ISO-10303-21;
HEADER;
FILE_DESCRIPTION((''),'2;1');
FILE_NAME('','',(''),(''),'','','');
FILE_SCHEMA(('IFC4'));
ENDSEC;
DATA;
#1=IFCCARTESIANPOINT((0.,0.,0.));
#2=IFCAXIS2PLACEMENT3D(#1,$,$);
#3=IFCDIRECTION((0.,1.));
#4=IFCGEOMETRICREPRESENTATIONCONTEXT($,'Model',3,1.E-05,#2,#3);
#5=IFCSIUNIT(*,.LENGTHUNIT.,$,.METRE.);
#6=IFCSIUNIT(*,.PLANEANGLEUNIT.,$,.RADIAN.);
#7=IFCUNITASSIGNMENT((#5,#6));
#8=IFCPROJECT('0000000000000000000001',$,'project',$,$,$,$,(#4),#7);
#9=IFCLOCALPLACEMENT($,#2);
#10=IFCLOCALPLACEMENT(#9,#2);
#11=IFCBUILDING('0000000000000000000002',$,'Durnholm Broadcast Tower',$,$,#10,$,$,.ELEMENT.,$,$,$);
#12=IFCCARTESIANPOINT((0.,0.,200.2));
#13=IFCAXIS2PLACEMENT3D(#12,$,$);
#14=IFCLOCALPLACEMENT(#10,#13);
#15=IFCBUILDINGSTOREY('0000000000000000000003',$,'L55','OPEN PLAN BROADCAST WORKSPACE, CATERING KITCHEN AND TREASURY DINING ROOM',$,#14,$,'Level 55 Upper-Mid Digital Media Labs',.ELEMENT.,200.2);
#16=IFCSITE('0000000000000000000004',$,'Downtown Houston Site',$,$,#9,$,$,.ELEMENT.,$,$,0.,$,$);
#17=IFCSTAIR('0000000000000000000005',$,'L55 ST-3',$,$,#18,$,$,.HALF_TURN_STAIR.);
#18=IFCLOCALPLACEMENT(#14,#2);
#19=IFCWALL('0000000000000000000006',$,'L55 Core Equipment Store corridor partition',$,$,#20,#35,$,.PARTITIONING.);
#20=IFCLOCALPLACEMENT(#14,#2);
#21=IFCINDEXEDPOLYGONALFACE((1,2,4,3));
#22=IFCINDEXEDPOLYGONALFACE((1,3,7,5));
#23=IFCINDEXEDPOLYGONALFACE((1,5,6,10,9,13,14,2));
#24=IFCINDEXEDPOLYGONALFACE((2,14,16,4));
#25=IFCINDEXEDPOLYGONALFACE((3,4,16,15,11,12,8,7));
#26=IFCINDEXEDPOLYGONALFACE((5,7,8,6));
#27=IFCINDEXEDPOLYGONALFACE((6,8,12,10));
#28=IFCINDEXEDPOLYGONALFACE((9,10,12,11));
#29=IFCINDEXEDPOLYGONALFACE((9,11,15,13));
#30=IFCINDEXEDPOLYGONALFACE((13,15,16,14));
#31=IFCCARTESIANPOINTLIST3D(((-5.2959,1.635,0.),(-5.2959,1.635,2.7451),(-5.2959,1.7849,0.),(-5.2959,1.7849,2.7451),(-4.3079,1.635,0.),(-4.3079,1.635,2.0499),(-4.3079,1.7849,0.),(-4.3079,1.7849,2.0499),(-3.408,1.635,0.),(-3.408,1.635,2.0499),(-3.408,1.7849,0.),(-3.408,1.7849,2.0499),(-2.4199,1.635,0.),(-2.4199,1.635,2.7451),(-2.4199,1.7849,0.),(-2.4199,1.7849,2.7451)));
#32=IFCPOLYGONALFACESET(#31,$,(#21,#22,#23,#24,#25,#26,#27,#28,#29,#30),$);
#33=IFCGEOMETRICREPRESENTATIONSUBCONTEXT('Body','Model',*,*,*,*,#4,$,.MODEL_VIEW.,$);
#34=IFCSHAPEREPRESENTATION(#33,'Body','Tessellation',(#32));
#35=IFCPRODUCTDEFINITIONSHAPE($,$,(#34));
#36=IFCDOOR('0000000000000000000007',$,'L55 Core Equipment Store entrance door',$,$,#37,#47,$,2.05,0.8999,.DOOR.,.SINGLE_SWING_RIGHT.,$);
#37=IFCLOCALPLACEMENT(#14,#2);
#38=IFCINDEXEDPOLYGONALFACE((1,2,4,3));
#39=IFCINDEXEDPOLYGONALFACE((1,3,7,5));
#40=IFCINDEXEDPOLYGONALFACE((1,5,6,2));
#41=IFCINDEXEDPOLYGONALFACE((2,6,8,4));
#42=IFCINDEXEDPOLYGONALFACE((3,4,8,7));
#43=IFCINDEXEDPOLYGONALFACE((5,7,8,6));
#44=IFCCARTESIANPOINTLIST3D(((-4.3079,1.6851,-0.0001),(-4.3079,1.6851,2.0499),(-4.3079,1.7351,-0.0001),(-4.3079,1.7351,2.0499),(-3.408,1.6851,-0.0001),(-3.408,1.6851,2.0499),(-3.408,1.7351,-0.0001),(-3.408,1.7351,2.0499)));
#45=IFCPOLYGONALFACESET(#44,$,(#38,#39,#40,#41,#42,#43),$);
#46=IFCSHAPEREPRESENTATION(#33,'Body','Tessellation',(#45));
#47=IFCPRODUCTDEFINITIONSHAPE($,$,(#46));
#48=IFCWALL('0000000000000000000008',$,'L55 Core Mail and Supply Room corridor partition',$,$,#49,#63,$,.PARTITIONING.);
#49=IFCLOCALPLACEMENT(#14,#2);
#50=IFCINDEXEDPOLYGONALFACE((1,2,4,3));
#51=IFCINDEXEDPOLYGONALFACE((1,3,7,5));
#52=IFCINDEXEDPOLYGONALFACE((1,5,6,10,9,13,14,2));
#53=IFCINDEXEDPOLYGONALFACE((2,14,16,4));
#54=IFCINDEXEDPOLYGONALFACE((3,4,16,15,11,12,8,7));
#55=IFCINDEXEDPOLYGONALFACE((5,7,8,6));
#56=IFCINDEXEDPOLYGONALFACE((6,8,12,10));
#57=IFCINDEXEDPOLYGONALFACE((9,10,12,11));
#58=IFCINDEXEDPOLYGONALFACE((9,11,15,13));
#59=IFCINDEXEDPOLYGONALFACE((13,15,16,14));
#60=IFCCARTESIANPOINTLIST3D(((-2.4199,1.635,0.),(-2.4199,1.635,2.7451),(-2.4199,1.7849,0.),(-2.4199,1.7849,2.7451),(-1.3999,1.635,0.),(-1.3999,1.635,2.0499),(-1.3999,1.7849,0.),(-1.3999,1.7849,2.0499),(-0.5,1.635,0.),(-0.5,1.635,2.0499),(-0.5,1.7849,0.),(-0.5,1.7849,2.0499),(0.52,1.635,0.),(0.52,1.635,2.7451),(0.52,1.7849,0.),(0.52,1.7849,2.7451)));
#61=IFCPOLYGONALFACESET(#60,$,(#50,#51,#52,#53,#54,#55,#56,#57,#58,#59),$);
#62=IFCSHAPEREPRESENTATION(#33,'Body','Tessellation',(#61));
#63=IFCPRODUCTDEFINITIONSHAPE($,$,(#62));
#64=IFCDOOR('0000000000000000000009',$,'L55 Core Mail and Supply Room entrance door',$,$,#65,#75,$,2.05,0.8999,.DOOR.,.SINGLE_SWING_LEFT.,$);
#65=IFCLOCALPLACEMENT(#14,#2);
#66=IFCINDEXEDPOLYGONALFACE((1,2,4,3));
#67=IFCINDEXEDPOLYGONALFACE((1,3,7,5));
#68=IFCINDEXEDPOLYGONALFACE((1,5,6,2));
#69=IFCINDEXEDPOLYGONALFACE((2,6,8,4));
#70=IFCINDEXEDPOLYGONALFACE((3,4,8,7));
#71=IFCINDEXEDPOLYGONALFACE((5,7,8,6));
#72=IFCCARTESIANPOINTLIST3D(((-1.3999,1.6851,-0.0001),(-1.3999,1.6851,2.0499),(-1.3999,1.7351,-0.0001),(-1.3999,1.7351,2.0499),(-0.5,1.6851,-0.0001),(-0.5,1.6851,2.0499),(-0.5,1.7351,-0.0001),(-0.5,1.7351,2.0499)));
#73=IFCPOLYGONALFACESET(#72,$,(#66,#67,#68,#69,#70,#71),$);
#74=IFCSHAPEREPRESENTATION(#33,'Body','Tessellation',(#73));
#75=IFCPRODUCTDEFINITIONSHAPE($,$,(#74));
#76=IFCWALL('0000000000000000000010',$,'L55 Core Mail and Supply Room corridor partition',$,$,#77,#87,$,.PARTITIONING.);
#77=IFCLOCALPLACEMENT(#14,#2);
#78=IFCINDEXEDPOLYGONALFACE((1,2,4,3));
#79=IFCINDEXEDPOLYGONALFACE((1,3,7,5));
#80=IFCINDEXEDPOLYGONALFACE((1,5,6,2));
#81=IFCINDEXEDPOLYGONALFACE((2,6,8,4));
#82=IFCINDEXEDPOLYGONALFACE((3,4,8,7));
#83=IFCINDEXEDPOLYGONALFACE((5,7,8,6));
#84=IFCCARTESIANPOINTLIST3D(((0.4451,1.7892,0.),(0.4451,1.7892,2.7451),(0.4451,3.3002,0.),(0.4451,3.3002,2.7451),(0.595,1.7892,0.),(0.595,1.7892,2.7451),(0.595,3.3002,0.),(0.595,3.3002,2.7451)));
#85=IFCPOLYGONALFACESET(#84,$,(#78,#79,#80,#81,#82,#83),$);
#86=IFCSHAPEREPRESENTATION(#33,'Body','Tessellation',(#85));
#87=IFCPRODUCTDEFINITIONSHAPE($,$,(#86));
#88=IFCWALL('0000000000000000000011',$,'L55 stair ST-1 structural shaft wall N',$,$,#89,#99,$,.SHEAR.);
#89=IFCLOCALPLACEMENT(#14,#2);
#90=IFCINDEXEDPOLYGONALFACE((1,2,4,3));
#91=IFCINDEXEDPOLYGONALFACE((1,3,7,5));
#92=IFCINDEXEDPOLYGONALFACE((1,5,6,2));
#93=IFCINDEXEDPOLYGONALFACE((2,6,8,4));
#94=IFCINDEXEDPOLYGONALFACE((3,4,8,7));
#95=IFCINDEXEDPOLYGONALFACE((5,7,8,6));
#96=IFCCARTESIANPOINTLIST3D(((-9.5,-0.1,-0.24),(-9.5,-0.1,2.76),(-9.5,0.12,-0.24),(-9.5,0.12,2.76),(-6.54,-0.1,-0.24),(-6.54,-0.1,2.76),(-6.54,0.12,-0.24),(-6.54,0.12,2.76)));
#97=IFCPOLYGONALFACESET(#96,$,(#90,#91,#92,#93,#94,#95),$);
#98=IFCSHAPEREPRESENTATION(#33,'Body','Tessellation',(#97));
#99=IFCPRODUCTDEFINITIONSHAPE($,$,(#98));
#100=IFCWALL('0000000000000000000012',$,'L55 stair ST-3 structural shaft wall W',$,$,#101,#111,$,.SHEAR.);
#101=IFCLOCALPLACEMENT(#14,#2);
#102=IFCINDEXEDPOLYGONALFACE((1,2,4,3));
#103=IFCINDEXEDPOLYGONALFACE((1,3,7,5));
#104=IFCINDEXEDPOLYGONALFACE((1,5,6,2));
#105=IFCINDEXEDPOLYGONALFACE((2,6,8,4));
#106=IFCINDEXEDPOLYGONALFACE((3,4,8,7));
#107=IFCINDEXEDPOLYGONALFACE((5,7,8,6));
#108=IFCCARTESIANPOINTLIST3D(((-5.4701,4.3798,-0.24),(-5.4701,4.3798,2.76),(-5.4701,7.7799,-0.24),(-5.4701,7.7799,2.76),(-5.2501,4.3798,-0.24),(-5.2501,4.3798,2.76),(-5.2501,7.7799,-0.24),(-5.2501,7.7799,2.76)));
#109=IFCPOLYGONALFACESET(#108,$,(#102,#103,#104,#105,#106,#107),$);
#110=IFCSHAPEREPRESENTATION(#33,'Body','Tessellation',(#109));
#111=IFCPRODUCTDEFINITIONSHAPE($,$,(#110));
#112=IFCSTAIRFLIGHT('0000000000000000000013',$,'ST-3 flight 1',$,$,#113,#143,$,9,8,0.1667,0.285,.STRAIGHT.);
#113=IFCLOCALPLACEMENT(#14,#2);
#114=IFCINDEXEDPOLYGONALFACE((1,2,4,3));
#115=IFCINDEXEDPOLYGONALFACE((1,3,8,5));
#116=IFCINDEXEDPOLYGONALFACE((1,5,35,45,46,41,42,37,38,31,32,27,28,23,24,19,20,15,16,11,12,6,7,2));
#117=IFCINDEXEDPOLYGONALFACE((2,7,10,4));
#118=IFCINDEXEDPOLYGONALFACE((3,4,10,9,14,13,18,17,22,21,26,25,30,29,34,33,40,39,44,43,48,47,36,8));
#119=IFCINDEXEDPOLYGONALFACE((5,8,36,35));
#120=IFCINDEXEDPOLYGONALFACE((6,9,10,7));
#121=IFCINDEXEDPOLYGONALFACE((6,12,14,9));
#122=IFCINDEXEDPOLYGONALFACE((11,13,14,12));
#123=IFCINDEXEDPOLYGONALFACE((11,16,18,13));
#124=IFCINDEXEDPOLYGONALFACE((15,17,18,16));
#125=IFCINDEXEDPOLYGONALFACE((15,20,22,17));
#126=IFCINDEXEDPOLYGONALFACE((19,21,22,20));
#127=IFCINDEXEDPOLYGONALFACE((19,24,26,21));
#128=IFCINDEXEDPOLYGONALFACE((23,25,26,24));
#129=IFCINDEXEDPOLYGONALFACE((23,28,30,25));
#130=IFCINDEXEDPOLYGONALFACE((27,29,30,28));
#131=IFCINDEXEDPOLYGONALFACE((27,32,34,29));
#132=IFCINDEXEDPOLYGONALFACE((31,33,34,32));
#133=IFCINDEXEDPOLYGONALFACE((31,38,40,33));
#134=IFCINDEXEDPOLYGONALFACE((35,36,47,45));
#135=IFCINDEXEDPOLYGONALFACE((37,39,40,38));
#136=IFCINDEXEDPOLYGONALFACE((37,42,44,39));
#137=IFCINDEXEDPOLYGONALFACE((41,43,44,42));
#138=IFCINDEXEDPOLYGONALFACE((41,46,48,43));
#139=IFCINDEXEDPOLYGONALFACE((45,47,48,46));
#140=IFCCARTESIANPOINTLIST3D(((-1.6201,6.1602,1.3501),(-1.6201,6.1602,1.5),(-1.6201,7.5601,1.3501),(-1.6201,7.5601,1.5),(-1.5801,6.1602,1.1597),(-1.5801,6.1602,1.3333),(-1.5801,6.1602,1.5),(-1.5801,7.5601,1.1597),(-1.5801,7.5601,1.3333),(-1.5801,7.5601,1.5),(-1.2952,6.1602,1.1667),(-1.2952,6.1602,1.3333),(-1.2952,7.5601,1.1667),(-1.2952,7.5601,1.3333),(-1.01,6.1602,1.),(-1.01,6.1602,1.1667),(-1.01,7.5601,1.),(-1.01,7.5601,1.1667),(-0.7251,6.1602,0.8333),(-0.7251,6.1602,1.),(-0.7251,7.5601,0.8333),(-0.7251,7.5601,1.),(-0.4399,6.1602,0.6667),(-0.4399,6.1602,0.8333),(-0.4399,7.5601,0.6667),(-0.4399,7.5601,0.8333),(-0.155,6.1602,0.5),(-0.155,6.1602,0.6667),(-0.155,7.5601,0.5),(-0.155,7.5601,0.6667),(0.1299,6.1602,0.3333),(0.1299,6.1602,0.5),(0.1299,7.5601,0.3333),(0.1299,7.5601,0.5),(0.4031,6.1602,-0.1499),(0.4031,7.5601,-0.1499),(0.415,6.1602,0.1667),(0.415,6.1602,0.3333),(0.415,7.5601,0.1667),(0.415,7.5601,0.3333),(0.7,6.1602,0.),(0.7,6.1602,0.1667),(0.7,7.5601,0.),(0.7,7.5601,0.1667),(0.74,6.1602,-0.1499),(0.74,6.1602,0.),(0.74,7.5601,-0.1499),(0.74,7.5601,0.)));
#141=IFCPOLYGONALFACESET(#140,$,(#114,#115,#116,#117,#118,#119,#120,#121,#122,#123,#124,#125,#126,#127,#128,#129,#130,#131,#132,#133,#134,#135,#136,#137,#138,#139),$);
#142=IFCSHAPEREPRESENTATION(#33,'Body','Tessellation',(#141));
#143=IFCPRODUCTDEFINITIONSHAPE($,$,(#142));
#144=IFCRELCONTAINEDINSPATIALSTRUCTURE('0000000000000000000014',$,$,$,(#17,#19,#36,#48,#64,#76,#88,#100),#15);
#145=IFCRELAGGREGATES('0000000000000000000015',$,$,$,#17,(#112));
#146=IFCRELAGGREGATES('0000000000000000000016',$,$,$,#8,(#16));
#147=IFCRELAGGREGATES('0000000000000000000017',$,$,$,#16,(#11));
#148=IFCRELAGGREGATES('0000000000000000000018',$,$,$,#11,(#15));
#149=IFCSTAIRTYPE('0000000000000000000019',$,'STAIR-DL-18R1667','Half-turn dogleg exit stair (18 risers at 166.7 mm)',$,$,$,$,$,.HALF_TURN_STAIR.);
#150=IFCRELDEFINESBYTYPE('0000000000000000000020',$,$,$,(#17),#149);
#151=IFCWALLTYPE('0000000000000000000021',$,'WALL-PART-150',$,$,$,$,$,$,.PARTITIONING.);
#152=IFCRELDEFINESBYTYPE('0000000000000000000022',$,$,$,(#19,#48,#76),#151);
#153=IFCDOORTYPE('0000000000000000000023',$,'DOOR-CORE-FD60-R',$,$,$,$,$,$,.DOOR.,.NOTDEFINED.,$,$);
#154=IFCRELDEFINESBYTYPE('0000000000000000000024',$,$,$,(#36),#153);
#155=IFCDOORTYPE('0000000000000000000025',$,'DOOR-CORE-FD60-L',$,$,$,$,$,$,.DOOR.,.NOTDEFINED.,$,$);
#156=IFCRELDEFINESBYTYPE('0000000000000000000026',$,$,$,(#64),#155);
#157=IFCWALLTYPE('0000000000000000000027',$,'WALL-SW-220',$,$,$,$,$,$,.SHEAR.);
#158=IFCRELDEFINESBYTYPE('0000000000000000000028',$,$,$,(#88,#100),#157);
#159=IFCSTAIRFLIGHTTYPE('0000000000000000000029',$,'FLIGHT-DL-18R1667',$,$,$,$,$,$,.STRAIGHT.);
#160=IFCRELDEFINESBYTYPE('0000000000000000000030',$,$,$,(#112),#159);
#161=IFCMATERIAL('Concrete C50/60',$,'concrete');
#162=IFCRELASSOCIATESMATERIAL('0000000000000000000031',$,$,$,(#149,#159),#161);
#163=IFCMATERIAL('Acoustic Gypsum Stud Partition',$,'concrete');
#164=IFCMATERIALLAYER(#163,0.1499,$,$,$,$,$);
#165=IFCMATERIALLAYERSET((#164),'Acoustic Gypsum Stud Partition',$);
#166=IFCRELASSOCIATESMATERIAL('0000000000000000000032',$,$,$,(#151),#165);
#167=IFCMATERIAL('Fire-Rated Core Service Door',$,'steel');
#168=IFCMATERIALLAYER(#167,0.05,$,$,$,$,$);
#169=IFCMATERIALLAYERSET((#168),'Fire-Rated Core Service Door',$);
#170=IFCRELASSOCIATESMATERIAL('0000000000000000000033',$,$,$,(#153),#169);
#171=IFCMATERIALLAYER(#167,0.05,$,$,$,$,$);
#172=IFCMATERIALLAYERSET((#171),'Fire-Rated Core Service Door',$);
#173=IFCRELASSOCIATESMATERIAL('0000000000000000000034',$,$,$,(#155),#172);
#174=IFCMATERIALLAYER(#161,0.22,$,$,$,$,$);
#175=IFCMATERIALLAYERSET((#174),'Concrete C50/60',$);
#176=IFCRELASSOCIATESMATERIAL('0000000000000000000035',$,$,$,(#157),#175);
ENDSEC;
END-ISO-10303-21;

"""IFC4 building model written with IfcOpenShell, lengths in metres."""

from ifc_helpers import new_model, si_unit, direction, frame, frame_2d, origin, place, context, subcontext, project, spatial, polyline, rectangle, outline, extrude, source, transform, mapped, material, layer, layer_set, type_object, type_shapes, element, fill, aggregate, save


model = new_model("IFC4")

# Units and contexts
model_context = context("Model", 3, precision=1e-05, world=origin(), true_north=direction((0.0, 1.0)))
body_context = subcontext(model_context, "Body", "Model", "MODEL_VIEW")
ifc_project = project(units=[si_unit("LENGTHUNIT", "METRE"), si_unit("PLANEANGLEUNIT", "RADIAN")], contexts=[model_context])

# Site, building, storey
site_placement = place(None, origin())
site = spatial("IfcSite", under=ifc_project, at=site_placement, Name="Downtown Houston Site", CompositionType="ELEMENT", RefElevation=0.0)
building_placement = place(site_placement, origin())
building = spatial("IfcBuilding", under=site, at=building_placement, Name="Durnholm Broadcast Tower", CompositionType="ELEMENT")
storey_placement = place(building_placement, frame((0.0, 0.0, 200.2)))
storey = spatial("IfcBuildingStorey", under=building, at=storey_placement, Name="L55", Description="OPEN PLAN BROADCAST WORKSPACE, CATERING KITCHEN AND TREASURY DINING ROOM", LongName="Level 55 Upper-Mid Digital Media Labs", CompositionType="ELEMENT", Elevation=200.2)

# Stair
ifc_material_1 = material(Name="Concrete C50/60", Category="concrete")
stair_type = type_object("IfcStairType", Name="STAIR-DL-18R1667", Description="Half-turn dogleg exit stair (18 risers at 166.7 mm)", PredefinedType="HALF_TURN_STAIR", material=ifc_material_1)
stair_1_placement = place(storey_placement, origin())
stair_1 = element("IfcStair", 1, at=stair_1_placement, inside=storey, type_object=stair_type, Name="L55 ST-3", PredefinedType="HALF_TURN_STAIR")

# Walls, openings, doors
ifc_material_2 = material(Name="Acoustic Gypsum Stud Partition", Category="concrete")
ifc_layer_1 = layer(ifc_material_2, 0.1499)
ifc_layer_set_1 = layer_set([ifc_layer_1], Name="Acoustic Gypsum Stud Partition")
wall_type_1 = type_object("IfcWallType", Name="WALL-PART-150", PredefinedType="PARTITIONING", material=ifc_layer_set_1)
wall_1_placement = place(storey_placement, frame((-2.4199, 1.71, 0.0), z_axis=(0.0, 0.0, 1.0), x_axis=(-1.0, 0.0, 0.0)))
wall_1 = element("IfcWall", 2, at=wall_1_placement, inside=storey, type_object=wall_type_1, Name="L55 Core Equipment Store corridor partition", PredefinedType="PARTITIONING", context=body_context, shape_type="SweptSolid", body=[
    extrude(rectangle(XDim=2.876, YDim=0.1499, at=frame_2d((1.438, 0.0))), origin(), (0.0, 0.0, 1.0), 2.7451),
])
opening_1_placement = place(wall_1_placement, frame((0.988, 0.0, 0.0)))
opening_1 = element("IfcOpeningElement", 3, at=opening_1_placement, cuts=wall_1, PredefinedType="OPENING", context=body_context, shape_type="SweptSolid", body=[
    extrude(rectangle(XDim=0.8999, YDim=2.05, at=frame_2d((0.45, 1.0249))), frame((0.0, 0.085, 0.0), z_axis=(0.0, -1.0, 0.0), x_axis=(1.0, 0.0, 0.0)), (0.0, 0.0, 1.0), 0.1699),
])
ifc_material_3 = material(Name="Fire-Rated Core Service Door", Category="steel")
ifc_layer_2 = layer(ifc_material_3, 0.05)
ifc_layer_set_2 = layer_set([ifc_layer_2], Name="Fire-Rated Core Service Door")
door_type_1 = type_object("IfcDoorType", Name="DOOR-CORE-FD60-R", OperationType="NOTDEFINED", PredefinedType="DOOR", material=ifc_layer_set_2)
shared_shape_1 = source(origin(), body_context, "Body", "SweptSolid", [
    extrude(rectangle(XDim=0.8999, YDim=2.05, at=frame_2d((0.45, 1.0249))), frame((0.0, 0.0249, 0.0), z_axis=(0.0, -1.0, 0.0), x_axis=(1.0, 0.0, 0.0)), (0.0, 0.0, 1.0), 0.05),
])
type_shapes(door_type_1, [shared_shape_1])
door_1_placement = place(opening_1_placement, origin())
door_1 = element("IfcDoor", 4, at=door_1_placement, inside=storey, type_object=door_type_1, Name="L55 Core Equipment Store entrance door", OperationType="SINGLE_SWING_RIGHT", OverallHeight=2.05, OverallWidth=0.8999, PredefinedType="DOOR", context=body_context, shape_type="MappedRepresentation", body=[
    mapped(shared_shape_1, transform((0.0, 0.0, 0.0), x_axis=(1.0, 0.0, 0.0), y_axis=(0.0, 1.0, 0.0), z_axis=(0.0, 0.0, 1.0), scale=1.0)),
])
fill(opening_1, door_1)
wall_2_placement = place(storey_placement, frame((0.52, 1.71, 0.0), z_axis=(0.0, 0.0, 1.0), x_axis=(-1.0, 0.0, 0.0)))
wall_2 = element("IfcWall", 5, at=wall_2_placement, inside=storey, type_object=wall_type_1, Name="L55 Core Mail and Supply Room corridor partition", PredefinedType="PARTITIONING", context=body_context, shape_type="SweptSolid", body=[
    extrude(rectangle(XDim=2.9399, YDim=0.1499, at=frame_2d((1.47, 0.0))), origin(), (0.0, 0.0, 1.0), 2.7451),
])
opening_2_placement = place(wall_2_placement, frame((1.02, 0.0, 0.0)))
opening_2 = element("IfcOpeningElement", 6, at=opening_2_placement, cuts=wall_2, PredefinedType="OPENING", context=body_context, shape_type="SweptSolid", body=[
    extrude(rectangle(XDim=0.8999, YDim=2.05, at=frame_2d((0.45, 1.0249))), frame((0.0, 0.085, 0.0), z_axis=(0.0, -1.0, 0.0), x_axis=(1.0, 0.0, 0.0)), (0.0, 0.0, 1.0), 0.1699),
])
ifc_layer_3 = layer(ifc_material_3, 0.05)
ifc_layer_set_3 = layer_set([ifc_layer_3], Name="Fire-Rated Core Service Door")
door_type_2 = type_object("IfcDoorType", Name="DOOR-CORE-FD60-L", OperationType="NOTDEFINED", PredefinedType="DOOR", material=ifc_layer_set_3)
shared_shape_2 = source(origin(), body_context, "Body", "SweptSolid", [
    extrude(rectangle(XDim=0.8999, YDim=2.05, at=frame_2d((0.45, 1.0249))), frame((0.0, 0.0249, 0.0), z_axis=(0.0, -1.0, 0.0), x_axis=(1.0, 0.0, 0.0)), (0.0, 0.0, 1.0), 0.05),
])
type_shapes(door_type_2, [shared_shape_2])
door_2_placement = place(opening_2_placement, origin())
door_2 = element("IfcDoor", 7, at=door_2_placement, inside=storey, type_object=door_type_2, Name="L55 Core Mail and Supply Room entrance door", OperationType="SINGLE_SWING_LEFT", OverallHeight=2.05, OverallWidth=0.8999, PredefinedType="DOOR", context=body_context, shape_type="MappedRepresentation", body=[
    mapped(shared_shape_2, transform((0.0, 0.0, 0.0), x_axis=(1.0, 0.0, 0.0), y_axis=(0.0, 1.0, 0.0), z_axis=(0.0, 0.0, 1.0), scale=1.0)),
])
fill(opening_2, door_2)

# Walls
wall_3_placement = place(storey_placement, frame((0.52, 3.3, 0.0), z_axis=(0.0, 0.0, 1.0), x_axis=(0.0, -1.0, 0.0)))
element("IfcWall", 8, at=wall_3_placement, inside=storey, type_object=wall_type_1, Name="L55 Core Mail and Supply Room corridor partition", PredefinedType="PARTITIONING", context=body_context, shape_type="SweptSolid", body=[
    extrude(rectangle(XDim=1.511, YDim=0.1499, at=frame_2d((0.7554, 0.0))), origin(), (0.0, 0.0, 1.0), 2.7451),
])
ifc_layer_4 = layer(ifc_material_1, 0.22)
ifc_layer_set_4 = layer_set([ifc_layer_4], Name="Concrete C50/60")
wall_type_2 = type_object("IfcWallType", Name="WALL-SW-220", PredefinedType="SHEAR", material=ifc_layer_set_4)
wall_4_placement = place(storey_placement, frame((-6.54, 0.01, -0.24), z_axis=(0.0, 0.0, 1.0), x_axis=(-1.0, 0.0, 0.0)))
element("IfcWall", 9, at=wall_4_placement, inside=storey, type_object=wall_type_2, Name="L55 stair ST-1 structural shaft wall N", PredefinedType="SHEAR", context=body_context, shape_type="SweptSolid", body=[
    extrude(rectangle(XDim=2.96, YDim=0.22, at=frame_2d((1.48, 0.0))), origin(), (0.0, 0.0, 1.0), 3.0),
])
wall_5_placement = place(storey_placement, frame((-5.3601, 7.78, -0.24), z_axis=(0.0, 0.0, 1.0), x_axis=(0.0, -1.0, 0.0)))
element("IfcWall", 10, at=wall_5_placement, inside=storey, type_object=wall_type_2, Name="L55 stair ST-3 structural shaft wall W", PredefinedType="SHEAR", context=body_context, shape_type="SweptSolid", body=[
    extrude(rectangle(XDim=3.4001, YDim=0.22, at=frame_2d((1.7002, 0.0))), origin(), (0.0, 0.0, 1.0), 3.0),
])

# Stair flight
stair_flight_type = type_object("IfcStairFlightType", Name="FLIGHT-DL-18R1667", PredefinedType="STRAIGHT", material=ifc_material_1)
stair_flight_1_placement = place(storey_placement, frame((0.7, 6.8601, 0.0), z_axis=(0.0, 0.0, 1.0), x_axis=(-1.0, 0.0, 0.0)))
stair_flight_1 = element("IfcStairFlight", 11, at=stair_flight_1_placement, type_object=stair_flight_type, Name="ST-3 flight 1", NumberOfRisers=9, NumberOfTreads=8, PredefinedType="STRAIGHT", RiserHeight=0.1667, TreadLength=0.285, context=body_context, shape_type="SweptSolid", body=[
    extrude(outline(polyline([(-0.04, -0.1499), (-0.04, 0.0), (0.0, 0.0), (0.0, 0.1667), (0.2849, 0.1667), (0.2849, 0.3333), (0.5701, 0.3333), (0.5701, 0.5), (0.855, 0.5), (0.855, 0.6667), (1.1399, 0.6667), (1.1399, 0.8333), (1.425, 0.8333), (1.425, 1.0), (1.71, 1.0), (1.71, 1.1667), (1.9951, 1.1667), (1.9951, 1.3333), (2.28, 1.3333), (2.28, 1.5), (2.3201, 1.5), (2.3201, 1.3501), (2.28, 1.1597), (0.2969, -0.1499), (-0.04, -0.1499)])), frame((0.0, 0.7, 0.0), z_axis=(0.0, -1.0, 0.0), x_axis=(1.0, 0.0, 0.0)), (0.0, 0.0, 1.0), 1.3999),
])
aggregate(stair_1, [stair_flight_1])

save(model, "model.ifc")
